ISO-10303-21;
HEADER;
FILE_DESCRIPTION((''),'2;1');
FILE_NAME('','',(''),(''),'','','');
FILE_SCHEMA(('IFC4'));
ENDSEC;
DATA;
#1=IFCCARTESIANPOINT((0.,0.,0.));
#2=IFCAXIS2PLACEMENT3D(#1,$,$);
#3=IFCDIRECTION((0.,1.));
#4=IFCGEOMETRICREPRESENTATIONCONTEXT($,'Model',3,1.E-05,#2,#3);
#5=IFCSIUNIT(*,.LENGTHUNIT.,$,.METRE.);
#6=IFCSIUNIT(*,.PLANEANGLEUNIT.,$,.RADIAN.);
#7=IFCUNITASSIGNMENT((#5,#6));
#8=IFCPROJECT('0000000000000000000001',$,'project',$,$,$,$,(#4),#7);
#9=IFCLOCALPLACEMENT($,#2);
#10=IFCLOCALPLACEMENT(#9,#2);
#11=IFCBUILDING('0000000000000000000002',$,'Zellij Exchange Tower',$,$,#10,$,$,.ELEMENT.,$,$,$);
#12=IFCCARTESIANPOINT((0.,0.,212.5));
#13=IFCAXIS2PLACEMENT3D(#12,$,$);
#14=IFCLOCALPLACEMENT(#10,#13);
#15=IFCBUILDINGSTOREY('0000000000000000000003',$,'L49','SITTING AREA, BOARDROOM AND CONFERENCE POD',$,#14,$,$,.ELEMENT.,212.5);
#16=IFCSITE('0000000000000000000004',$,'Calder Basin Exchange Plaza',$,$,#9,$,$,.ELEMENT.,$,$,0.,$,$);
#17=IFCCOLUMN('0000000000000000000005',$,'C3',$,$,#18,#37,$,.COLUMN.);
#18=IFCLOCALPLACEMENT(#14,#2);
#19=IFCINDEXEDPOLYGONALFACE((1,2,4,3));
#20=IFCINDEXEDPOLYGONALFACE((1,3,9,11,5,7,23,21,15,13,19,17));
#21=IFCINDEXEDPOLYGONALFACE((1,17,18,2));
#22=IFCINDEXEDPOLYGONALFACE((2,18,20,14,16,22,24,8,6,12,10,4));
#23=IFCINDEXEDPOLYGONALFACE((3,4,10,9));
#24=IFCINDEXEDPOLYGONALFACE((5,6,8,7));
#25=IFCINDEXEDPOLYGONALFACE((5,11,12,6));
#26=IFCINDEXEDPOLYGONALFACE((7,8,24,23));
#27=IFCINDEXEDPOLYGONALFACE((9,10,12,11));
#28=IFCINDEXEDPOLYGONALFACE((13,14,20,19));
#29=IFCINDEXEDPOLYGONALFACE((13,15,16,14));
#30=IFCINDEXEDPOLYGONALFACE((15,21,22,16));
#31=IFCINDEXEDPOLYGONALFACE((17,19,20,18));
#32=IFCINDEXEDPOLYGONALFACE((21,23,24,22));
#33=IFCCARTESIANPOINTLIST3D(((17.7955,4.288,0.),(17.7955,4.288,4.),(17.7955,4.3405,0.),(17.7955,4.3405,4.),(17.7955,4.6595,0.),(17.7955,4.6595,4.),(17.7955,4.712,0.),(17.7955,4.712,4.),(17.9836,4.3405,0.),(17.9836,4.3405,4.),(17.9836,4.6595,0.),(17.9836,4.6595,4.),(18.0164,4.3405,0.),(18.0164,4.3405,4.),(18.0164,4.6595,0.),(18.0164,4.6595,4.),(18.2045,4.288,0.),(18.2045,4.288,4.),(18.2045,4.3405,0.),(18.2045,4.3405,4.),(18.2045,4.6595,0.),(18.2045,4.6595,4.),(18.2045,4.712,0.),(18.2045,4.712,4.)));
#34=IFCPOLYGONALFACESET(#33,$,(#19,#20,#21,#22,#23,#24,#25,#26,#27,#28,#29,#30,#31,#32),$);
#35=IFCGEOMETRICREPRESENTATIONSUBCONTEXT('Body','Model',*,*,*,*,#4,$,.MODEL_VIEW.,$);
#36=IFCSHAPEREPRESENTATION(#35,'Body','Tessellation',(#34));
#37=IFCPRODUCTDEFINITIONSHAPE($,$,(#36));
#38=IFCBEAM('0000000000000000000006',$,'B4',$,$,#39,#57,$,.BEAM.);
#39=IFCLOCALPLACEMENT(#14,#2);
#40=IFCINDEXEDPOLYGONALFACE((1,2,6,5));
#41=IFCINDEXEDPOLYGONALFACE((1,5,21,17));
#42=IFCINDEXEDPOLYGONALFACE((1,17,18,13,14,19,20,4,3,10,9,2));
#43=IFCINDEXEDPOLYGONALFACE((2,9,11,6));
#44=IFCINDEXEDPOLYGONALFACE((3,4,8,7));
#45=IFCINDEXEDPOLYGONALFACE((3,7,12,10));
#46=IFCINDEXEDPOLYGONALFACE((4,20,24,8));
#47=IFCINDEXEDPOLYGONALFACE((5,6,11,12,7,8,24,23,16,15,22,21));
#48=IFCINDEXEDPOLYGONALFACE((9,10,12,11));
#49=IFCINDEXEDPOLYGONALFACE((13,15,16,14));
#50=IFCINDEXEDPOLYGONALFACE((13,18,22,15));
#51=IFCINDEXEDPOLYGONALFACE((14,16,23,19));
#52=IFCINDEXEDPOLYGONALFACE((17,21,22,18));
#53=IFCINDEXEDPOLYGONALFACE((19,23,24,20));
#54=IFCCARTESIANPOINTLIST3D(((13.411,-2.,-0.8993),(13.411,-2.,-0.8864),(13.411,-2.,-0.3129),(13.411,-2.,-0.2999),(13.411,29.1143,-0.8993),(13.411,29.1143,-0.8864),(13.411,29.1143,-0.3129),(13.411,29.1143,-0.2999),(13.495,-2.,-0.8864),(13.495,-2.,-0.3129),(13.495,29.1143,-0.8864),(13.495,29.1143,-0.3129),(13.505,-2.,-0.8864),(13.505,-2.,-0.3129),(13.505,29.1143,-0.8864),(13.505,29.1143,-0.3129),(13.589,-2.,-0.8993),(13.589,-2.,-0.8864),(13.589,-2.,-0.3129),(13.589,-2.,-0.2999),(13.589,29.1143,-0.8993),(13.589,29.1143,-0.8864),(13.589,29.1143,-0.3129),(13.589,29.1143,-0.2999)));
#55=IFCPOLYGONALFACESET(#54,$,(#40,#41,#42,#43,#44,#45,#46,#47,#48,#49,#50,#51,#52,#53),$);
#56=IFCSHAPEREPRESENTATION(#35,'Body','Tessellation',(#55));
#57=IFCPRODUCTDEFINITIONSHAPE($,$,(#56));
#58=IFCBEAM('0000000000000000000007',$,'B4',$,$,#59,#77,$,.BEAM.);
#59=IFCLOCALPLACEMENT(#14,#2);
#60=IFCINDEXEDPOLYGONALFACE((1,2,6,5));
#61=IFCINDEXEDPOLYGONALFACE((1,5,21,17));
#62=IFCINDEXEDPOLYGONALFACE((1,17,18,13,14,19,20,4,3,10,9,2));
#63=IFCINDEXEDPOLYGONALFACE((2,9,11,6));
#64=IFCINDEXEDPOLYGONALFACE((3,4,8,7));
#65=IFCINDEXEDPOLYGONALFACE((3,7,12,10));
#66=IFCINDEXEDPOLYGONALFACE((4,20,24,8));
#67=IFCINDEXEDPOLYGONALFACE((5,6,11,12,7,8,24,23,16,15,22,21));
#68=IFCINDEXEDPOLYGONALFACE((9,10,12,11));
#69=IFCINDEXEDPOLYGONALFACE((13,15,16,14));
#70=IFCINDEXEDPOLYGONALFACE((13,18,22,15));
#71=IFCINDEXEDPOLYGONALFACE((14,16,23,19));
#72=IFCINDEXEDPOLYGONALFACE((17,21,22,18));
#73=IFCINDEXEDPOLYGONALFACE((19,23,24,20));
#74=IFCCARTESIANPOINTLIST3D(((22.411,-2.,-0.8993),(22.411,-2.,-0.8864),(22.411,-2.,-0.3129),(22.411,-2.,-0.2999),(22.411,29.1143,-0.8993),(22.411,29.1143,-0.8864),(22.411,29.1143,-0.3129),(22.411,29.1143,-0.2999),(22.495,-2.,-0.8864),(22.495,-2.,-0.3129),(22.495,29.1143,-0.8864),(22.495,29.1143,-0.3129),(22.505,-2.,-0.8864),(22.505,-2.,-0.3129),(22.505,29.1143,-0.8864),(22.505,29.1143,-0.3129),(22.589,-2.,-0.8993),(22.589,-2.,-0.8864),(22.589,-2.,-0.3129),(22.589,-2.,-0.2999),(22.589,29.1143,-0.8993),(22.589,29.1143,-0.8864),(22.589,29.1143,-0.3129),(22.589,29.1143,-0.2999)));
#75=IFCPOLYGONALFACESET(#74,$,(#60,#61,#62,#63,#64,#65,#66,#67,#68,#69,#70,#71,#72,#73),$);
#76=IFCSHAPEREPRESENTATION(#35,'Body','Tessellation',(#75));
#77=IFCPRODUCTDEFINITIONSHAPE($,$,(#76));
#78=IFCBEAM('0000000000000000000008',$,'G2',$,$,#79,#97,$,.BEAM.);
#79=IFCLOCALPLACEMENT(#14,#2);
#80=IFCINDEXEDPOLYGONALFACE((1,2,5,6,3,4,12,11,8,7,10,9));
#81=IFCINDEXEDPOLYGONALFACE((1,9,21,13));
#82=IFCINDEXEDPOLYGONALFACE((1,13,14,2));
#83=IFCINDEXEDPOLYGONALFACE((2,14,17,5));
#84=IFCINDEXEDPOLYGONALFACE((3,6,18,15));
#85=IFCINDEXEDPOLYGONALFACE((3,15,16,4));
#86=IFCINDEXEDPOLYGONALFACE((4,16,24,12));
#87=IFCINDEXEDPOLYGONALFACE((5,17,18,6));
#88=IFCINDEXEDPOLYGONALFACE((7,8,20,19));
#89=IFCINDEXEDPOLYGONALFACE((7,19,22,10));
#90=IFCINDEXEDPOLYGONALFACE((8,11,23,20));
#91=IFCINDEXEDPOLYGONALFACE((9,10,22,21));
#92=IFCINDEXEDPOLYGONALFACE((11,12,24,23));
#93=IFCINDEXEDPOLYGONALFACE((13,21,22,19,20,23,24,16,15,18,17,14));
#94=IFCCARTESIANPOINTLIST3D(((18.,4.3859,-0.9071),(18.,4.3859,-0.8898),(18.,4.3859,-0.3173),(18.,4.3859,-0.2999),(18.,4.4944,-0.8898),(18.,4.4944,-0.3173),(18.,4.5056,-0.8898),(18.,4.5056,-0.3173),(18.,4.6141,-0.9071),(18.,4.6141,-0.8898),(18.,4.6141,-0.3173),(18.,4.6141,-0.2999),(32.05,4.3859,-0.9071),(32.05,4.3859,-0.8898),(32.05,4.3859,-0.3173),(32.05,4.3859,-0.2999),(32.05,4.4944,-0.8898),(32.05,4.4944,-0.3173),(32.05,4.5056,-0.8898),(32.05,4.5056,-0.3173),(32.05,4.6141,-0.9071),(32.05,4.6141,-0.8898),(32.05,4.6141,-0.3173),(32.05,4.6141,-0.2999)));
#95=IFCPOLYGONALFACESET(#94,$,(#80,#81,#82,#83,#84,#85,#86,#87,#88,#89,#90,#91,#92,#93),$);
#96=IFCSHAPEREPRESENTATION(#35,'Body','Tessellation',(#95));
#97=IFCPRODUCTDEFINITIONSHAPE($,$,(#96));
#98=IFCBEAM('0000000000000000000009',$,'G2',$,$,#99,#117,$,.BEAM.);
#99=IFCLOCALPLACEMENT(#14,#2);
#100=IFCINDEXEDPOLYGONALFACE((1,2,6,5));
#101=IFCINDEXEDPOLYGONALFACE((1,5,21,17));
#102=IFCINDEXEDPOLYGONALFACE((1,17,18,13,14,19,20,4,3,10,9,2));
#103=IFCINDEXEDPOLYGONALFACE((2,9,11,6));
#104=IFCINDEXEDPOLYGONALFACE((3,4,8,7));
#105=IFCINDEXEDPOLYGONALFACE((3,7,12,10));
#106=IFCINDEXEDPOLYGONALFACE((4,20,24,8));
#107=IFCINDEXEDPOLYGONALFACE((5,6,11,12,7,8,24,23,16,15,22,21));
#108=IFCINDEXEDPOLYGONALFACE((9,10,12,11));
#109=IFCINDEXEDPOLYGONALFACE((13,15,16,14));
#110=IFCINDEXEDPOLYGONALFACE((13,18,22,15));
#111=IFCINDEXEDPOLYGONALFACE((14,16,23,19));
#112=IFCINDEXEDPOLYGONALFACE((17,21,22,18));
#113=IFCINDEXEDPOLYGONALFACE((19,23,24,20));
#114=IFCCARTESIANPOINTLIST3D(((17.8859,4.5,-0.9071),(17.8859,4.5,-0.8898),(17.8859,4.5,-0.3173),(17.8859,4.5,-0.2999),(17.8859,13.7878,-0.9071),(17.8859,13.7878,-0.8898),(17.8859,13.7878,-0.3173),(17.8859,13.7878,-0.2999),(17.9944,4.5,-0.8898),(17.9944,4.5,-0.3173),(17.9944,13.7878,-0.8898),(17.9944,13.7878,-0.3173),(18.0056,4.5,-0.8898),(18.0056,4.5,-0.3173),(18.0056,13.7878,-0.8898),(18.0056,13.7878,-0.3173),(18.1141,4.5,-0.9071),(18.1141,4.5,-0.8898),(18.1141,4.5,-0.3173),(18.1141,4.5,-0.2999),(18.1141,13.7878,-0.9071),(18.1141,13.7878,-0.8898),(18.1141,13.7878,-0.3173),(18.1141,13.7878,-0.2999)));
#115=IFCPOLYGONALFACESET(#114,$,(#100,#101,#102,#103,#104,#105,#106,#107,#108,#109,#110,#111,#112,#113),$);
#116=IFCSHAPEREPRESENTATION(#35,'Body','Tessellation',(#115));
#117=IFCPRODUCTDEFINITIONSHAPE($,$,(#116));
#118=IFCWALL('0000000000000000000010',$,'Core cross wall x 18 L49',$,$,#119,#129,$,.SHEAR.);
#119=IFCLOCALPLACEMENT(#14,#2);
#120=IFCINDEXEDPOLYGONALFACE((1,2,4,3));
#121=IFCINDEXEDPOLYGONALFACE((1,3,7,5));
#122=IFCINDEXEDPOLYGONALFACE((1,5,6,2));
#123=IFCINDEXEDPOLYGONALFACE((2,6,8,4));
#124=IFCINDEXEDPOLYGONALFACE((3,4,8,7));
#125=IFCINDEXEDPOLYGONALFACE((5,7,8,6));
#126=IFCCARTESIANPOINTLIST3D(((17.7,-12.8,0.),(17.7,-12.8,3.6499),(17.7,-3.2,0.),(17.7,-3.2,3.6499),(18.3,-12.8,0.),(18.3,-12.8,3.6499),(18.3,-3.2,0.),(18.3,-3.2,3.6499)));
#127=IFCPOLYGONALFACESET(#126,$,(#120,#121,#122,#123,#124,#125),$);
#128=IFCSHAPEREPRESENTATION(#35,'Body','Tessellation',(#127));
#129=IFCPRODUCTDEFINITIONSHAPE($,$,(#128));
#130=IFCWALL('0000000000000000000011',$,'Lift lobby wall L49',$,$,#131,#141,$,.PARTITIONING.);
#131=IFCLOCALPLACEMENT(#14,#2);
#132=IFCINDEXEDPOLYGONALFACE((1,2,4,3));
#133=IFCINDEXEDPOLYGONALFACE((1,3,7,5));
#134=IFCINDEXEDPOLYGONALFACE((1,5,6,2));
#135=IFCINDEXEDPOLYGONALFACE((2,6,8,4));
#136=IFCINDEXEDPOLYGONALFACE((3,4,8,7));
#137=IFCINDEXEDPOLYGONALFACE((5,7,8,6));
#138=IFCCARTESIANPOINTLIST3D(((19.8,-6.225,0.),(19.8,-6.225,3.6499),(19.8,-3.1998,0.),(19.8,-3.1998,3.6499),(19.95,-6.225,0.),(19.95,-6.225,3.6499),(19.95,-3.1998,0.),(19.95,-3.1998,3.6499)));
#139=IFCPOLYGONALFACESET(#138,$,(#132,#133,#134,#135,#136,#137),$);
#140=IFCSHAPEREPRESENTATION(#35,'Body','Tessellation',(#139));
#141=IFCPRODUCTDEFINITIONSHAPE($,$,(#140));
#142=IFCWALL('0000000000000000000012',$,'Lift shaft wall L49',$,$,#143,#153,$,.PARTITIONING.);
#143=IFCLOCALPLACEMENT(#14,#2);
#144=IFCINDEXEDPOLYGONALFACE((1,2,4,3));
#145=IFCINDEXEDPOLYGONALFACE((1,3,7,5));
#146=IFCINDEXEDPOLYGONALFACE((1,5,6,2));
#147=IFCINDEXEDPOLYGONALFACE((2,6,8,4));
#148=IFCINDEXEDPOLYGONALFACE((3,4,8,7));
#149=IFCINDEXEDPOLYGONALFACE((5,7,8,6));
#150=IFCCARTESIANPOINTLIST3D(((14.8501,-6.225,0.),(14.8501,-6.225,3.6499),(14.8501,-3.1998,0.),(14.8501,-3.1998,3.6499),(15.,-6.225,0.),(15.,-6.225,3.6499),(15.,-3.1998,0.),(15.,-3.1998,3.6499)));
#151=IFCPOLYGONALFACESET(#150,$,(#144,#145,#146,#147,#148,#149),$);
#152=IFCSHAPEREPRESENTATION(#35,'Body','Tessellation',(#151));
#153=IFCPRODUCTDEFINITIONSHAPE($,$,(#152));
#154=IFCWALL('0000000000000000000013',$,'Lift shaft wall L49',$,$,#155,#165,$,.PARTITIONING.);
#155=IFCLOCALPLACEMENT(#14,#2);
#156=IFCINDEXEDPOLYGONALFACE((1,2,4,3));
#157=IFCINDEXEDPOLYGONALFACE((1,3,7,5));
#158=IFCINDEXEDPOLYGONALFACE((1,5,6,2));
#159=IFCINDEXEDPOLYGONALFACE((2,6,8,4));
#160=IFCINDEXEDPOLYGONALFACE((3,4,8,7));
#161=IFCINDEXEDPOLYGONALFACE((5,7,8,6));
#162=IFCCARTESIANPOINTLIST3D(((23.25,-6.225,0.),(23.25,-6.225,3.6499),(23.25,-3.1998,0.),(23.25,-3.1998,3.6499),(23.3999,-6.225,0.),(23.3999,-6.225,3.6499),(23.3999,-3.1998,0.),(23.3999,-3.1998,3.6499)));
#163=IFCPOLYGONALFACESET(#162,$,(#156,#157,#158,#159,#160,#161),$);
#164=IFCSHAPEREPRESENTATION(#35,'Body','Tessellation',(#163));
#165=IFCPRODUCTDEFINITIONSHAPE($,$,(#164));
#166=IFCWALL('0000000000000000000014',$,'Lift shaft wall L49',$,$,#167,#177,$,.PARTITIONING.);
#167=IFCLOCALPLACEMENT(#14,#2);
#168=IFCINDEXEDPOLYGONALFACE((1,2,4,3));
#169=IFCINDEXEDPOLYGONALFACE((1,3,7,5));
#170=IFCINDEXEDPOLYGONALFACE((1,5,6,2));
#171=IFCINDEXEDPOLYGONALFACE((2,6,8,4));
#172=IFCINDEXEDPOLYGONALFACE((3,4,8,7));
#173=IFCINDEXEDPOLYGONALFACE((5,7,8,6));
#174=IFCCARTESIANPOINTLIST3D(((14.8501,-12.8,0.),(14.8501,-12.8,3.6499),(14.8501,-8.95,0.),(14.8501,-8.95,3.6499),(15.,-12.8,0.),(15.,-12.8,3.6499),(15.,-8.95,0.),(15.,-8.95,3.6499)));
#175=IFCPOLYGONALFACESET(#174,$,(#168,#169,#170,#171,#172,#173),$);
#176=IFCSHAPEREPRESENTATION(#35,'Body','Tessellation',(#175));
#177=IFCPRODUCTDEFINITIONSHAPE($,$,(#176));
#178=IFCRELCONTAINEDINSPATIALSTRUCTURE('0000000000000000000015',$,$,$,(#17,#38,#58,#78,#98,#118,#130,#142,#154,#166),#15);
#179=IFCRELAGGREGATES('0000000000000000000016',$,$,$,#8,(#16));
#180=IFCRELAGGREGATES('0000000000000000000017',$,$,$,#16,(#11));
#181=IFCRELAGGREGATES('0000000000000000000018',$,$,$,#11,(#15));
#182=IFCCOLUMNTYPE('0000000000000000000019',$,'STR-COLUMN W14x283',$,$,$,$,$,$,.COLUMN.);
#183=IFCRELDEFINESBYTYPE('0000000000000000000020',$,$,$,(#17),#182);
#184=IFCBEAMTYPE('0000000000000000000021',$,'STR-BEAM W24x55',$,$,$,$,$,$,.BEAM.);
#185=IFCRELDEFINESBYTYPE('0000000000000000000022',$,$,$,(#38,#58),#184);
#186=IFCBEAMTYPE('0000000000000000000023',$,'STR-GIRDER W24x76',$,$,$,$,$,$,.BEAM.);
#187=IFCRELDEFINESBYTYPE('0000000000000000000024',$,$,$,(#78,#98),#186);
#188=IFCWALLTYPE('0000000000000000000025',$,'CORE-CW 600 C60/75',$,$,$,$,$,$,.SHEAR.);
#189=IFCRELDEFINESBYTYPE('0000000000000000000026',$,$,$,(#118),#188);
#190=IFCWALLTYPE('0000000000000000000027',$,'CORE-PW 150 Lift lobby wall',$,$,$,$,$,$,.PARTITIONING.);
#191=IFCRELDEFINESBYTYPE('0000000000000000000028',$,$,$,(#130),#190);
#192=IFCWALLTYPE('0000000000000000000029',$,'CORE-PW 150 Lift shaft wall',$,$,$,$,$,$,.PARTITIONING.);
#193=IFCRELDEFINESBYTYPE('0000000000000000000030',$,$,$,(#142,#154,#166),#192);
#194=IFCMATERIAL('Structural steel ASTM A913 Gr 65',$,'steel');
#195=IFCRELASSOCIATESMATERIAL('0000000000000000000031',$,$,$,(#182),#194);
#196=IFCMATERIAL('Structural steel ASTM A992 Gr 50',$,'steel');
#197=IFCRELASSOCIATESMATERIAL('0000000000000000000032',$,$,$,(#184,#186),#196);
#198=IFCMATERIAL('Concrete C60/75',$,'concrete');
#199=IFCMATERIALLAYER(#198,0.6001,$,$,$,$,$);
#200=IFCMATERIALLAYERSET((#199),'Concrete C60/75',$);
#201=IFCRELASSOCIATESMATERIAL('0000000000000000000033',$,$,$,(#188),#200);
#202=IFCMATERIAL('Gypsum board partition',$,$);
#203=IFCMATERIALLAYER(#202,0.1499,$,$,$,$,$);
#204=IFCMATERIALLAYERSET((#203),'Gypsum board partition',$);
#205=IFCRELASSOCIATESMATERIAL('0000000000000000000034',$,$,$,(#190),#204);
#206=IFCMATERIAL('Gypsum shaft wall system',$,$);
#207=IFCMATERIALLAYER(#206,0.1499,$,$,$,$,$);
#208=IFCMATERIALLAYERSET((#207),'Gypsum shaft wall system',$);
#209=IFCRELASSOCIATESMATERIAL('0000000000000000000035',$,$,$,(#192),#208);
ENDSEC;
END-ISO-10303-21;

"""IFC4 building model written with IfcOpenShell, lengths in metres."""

from ifc_helpers import new_model, si_unit, direction, frame, frame_2d, origin, origin_2d, place, context, subcontext, project, spatial, rectangle, i_section, extrude, material, layer, layer_set, material_profile, profile_set, type_object, element, save


model = new_model("IFC4")

# Units and contexts
model_context = context("Model", 3, precision=1e-05, world=origin(), true_north=direction((0.0, 1.0)))
body_context = subcontext(model_context, "Body", "Model", "MODEL_VIEW")
ifc_project = project(units=[si_unit("LENGTHUNIT", "METRE"), si_unit("PLANEANGLEUNIT", "RADIAN")], contexts=[model_context])

# Site, building, storey
site_placement = place(None, origin())
site = spatial("IfcSite", under=ifc_project, at=site_placement, Name="Calder Basin Exchange Plaza", CompositionType="ELEMENT", RefElevation=0.0)
building_placement = place(site_placement, origin())
building = spatial("IfcBuilding", under=site, at=building_placement, Name="Zellij Exchange Tower", CompositionType="ELEMENT")
storey_placement = place(building_placement, frame((0.0, 0.0, 212.5)))
storey = spatial("IfcBuildingStorey", under=building, at=storey_placement, Name="L49", Description="SITTING AREA, BOARDROOM AND CONFERENCE POD", CompositionType="ELEMENT", Elevation=212.5)

# Column
ifc_material_1 = material(Name="Structural steel ASTM A913 Gr 65", Category="steel")
ifc_material_profile_1 = material_profile(ifc_material_1, i_section(OverallWidth=0.4089, OverallDepth=0.4241, WebThickness=0.0327, FlangeThickness=0.0525, at=origin_2d()), Name="W14x283")
ifc_profile_set_1 = profile_set([ifc_material_profile_1], Name="Structural steel ASTM A913 Gr 65")
column_type = type_object("IfcColumnType", Name="STR-COLUMN W14x283", PredefinedType="COLUMN", material=ifc_profile_set_1)
column_placement = place(storey_placement, frame((18.0, 4.5, 0.0), z_axis=(0.0, 0.0, 1.0), x_axis=(1.0, 0.0, 0.0)))
element("IfcColumn", 1, at=column_placement, inside=storey, type_object=column_type, Name="C3", PredefinedType="COLUMN", context=body_context, shape_type="SweptSolid", body=[
    extrude(i_section(OverallWidth=0.4089, OverallDepth=0.4241, WebThickness=0.0327, FlangeThickness=0.0525, at=origin_2d()), origin(), (0.0, 0.0, 1.0), 4.0),
])

# Beams
ifc_material_2 = material(Name="Structural steel ASTM A992 Gr 50", Category="steel")
ifc_material_profile_2 = material_profile(ifc_material_2, i_section(OverallWidth=0.178, OverallDepth=0.5994, WebThickness=0.01, FlangeThickness=0.0129, at=origin_2d()), Name="W24x55")
ifc_profile_set_2 = profile_set([ifc_material_profile_2], Name="Structural steel ASTM A992 Gr 50")
beam_type_1 = type_object("IfcBeamType", Name="STR-BEAM W24x55", PredefinedType="BEAM", material=ifc_profile_set_2)
for number, where, z_axis, x_axis, name in (
    (2, (13.5, -2.0, -0.5996), (0.0, 1.0, 0.0), (-1.0, 0.0, 0.0), "B4"),
    (3, (22.5, -2.0, -0.5996), (0.0, 1.0, 0.0), (-1.0, 0.0, 0.0), "B4"),
):
    element("IfcBeam", number, at=place(storey_placement, frame(where, z_axis=z_axis, x_axis=x_axis)), inside=storey, type_object=beam_type_1, Name=name, PredefinedType="BEAM", context=body_context, shape_type="SweptSolid", body=[
        extrude(i_section(OverallWidth=0.178, OverallDepth=0.5994, WebThickness=0.01, FlangeThickness=0.0129, at=origin_2d()), origin(), (0.0, 0.0, 1.0), 31.1143),
    ])
ifc_material_profile_3 = material_profile(ifc_material_2, i_section(OverallWidth=0.2283, OverallDepth=0.6072, WebThickness=0.0112, FlangeThickness=0.0173, at=origin_2d()), Name="W24x76")
ifc_profile_set_3 = profile_set([ifc_material_profile_3], Name="Structural steel ASTM A992 Gr 50")
beam_type_2 = type_object("IfcBeamType", Name="STR-GIRDER W24x76", PredefinedType="BEAM", material=ifc_profile_set_3)
beam_1_placement = place(storey_placement, frame((18.0, 4.5, -0.6035), z_axis=(1.0, 0.0, 0.0), x_axis=(0.0, 1.0, 0.0)))
element("IfcBeam", 4, at=beam_1_placement, inside=storey, type_object=beam_type_2, Name="G2", PredefinedType="BEAM", context=body_context, shape_type="SweptSolid", body=[
    extrude(i_section(OverallWidth=0.2283, OverallDepth=0.6072, WebThickness=0.0112, FlangeThickness=0.0173, at=origin_2d()), origin(), (0.0, 0.0, 1.0), 14.05),
])
beam_2_placement = place(storey_placement, frame((18.0, 4.5, -0.6035), z_axis=(0.0, 1.0, 0.0), x_axis=(-1.0, 0.0, 0.0)))
element("IfcBeam", 5, at=beam_2_placement, inside=storey, type_object=beam_type_2, Name="G2", PredefinedType="BEAM", context=body_context, shape_type="SweptSolid", body=[
    extrude(i_section(OverallWidth=0.2283, OverallDepth=0.6072, WebThickness=0.0112, FlangeThickness=0.0173, at=origin_2d()), origin(), (0.0, 0.0, 1.0), 9.2878),
])

# Walls
ifc_material_3 = material(Name="Concrete C60/75", Category="concrete")
ifc_layer_1 = layer(ifc_material_3, 0.6001)
ifc_layer_set_1 = layer_set([ifc_layer_1], Name="Concrete C60/75")
wall_type_1 = type_object("IfcWallType", Name="CORE-CW 600 C60/75", PredefinedType="SHEAR", material=ifc_layer_set_1)
wall_1_placement = place(storey_placement, frame((18.0, -12.8, 0.0), z_axis=(0.0, 0.0, 1.0), x_axis=(0.0, 1.0, 0.0)))
element("IfcWall", 6, at=wall_1_placement, inside=storey, type_object=wall_type_1, Name="Core cross wall x 18 L49", PredefinedType="SHEAR", context=body_context, shape_type="SweptSolid", body=[
    extrude(rectangle(XDim=9.6001, YDim=0.6001, at=frame_2d((4.8, 0.0))), origin(), (0.0, 0.0, 1.0), 3.6499),
])
ifc_material_4 = material(Name="Gypsum board partition")
ifc_layer_2 = layer(ifc_material_4, 0.1499)
ifc_layer_set_2 = layer_set([ifc_layer_2], Name="Gypsum board partition")
wall_type_2 = type_object("IfcWallType", Name="CORE-PW 150 Lift lobby wall", PredefinedType="PARTITIONING", material=ifc_layer_set_2)
wall_2_placement = place(storey_placement, frame((19.875, -6.2251, 0.0), z_axis=(0.0, 0.0, 1.0), x_axis=(0.0, 1.0, 0.0)))
element("IfcWall", 7, at=wall_2_placement, inside=storey, type_object=wall_type_2, Name="Lift lobby wall L49", PredefinedType="PARTITIONING", context=body_context, shape_type="SweptSolid", body=[
    extrude(rectangle(XDim=3.0251, YDim=0.1499, at=frame_2d((1.5127, 0.0))), origin(), (0.0, 0.0, 1.0), 3.6499),
])
ifc_material_5 = material(Name="Gypsum shaft wall system")
ifc_layer_3 = layer(ifc_material_5, 0.1499)
ifc_layer_set_3 = layer_set([ifc_layer_3], Name="Gypsum shaft wall system")
wall_type_3 = type_object("IfcWallType", Name="CORE-PW 150 Lift shaft wall", PredefinedType="PARTITIONING", material=ifc_layer_set_3)
for number, where, z_axis, x_axis, name in (
    (8, (14.925, -6.2251, 0.0), (0.0, 0.0, 1.0), (0.0, 1.0, 0.0), "Lift shaft wall L49"),
    (9, (23.325, -6.2251, 0.0), (0.0, 0.0, 1.0), (0.0, 1.0, 0.0), "Lift shaft wall L49"),
):
    element("IfcWall", number, at=place(storey_placement, frame(where, z_axis=z_axis, x_axis=x_axis)), inside=storey, type_object=wall_type_3, Name=name, PredefinedType="PARTITIONING", context=body_context, shape_type="SweptSolid", body=[
        extrude(rectangle(XDim=3.0251, YDim=0.1499, at=frame_2d((1.5127, 0.0))), origin(), (0.0, 0.0, 1.0), 3.6499),
    ])
wall_3_placement = place(storey_placement, frame((14.925, -12.8, 0.0), z_axis=(0.0, 0.0, 1.0), x_axis=(0.0, 1.0, 0.0)))
element("IfcWall", 10, at=wall_3_placement, inside=storey, type_object=wall_type_3, Name="Lift shaft wall L49", PredefinedType="PARTITIONING", context=body_context, shape_type="SweptSolid", body=[
    extrude(rectangle(XDim=3.8501, YDim=0.1499, at=frame_2d((1.925, 0.0))), origin(), (0.0, 0.0, 1.0), 3.6499),
])

save(model, "model.ifc")
